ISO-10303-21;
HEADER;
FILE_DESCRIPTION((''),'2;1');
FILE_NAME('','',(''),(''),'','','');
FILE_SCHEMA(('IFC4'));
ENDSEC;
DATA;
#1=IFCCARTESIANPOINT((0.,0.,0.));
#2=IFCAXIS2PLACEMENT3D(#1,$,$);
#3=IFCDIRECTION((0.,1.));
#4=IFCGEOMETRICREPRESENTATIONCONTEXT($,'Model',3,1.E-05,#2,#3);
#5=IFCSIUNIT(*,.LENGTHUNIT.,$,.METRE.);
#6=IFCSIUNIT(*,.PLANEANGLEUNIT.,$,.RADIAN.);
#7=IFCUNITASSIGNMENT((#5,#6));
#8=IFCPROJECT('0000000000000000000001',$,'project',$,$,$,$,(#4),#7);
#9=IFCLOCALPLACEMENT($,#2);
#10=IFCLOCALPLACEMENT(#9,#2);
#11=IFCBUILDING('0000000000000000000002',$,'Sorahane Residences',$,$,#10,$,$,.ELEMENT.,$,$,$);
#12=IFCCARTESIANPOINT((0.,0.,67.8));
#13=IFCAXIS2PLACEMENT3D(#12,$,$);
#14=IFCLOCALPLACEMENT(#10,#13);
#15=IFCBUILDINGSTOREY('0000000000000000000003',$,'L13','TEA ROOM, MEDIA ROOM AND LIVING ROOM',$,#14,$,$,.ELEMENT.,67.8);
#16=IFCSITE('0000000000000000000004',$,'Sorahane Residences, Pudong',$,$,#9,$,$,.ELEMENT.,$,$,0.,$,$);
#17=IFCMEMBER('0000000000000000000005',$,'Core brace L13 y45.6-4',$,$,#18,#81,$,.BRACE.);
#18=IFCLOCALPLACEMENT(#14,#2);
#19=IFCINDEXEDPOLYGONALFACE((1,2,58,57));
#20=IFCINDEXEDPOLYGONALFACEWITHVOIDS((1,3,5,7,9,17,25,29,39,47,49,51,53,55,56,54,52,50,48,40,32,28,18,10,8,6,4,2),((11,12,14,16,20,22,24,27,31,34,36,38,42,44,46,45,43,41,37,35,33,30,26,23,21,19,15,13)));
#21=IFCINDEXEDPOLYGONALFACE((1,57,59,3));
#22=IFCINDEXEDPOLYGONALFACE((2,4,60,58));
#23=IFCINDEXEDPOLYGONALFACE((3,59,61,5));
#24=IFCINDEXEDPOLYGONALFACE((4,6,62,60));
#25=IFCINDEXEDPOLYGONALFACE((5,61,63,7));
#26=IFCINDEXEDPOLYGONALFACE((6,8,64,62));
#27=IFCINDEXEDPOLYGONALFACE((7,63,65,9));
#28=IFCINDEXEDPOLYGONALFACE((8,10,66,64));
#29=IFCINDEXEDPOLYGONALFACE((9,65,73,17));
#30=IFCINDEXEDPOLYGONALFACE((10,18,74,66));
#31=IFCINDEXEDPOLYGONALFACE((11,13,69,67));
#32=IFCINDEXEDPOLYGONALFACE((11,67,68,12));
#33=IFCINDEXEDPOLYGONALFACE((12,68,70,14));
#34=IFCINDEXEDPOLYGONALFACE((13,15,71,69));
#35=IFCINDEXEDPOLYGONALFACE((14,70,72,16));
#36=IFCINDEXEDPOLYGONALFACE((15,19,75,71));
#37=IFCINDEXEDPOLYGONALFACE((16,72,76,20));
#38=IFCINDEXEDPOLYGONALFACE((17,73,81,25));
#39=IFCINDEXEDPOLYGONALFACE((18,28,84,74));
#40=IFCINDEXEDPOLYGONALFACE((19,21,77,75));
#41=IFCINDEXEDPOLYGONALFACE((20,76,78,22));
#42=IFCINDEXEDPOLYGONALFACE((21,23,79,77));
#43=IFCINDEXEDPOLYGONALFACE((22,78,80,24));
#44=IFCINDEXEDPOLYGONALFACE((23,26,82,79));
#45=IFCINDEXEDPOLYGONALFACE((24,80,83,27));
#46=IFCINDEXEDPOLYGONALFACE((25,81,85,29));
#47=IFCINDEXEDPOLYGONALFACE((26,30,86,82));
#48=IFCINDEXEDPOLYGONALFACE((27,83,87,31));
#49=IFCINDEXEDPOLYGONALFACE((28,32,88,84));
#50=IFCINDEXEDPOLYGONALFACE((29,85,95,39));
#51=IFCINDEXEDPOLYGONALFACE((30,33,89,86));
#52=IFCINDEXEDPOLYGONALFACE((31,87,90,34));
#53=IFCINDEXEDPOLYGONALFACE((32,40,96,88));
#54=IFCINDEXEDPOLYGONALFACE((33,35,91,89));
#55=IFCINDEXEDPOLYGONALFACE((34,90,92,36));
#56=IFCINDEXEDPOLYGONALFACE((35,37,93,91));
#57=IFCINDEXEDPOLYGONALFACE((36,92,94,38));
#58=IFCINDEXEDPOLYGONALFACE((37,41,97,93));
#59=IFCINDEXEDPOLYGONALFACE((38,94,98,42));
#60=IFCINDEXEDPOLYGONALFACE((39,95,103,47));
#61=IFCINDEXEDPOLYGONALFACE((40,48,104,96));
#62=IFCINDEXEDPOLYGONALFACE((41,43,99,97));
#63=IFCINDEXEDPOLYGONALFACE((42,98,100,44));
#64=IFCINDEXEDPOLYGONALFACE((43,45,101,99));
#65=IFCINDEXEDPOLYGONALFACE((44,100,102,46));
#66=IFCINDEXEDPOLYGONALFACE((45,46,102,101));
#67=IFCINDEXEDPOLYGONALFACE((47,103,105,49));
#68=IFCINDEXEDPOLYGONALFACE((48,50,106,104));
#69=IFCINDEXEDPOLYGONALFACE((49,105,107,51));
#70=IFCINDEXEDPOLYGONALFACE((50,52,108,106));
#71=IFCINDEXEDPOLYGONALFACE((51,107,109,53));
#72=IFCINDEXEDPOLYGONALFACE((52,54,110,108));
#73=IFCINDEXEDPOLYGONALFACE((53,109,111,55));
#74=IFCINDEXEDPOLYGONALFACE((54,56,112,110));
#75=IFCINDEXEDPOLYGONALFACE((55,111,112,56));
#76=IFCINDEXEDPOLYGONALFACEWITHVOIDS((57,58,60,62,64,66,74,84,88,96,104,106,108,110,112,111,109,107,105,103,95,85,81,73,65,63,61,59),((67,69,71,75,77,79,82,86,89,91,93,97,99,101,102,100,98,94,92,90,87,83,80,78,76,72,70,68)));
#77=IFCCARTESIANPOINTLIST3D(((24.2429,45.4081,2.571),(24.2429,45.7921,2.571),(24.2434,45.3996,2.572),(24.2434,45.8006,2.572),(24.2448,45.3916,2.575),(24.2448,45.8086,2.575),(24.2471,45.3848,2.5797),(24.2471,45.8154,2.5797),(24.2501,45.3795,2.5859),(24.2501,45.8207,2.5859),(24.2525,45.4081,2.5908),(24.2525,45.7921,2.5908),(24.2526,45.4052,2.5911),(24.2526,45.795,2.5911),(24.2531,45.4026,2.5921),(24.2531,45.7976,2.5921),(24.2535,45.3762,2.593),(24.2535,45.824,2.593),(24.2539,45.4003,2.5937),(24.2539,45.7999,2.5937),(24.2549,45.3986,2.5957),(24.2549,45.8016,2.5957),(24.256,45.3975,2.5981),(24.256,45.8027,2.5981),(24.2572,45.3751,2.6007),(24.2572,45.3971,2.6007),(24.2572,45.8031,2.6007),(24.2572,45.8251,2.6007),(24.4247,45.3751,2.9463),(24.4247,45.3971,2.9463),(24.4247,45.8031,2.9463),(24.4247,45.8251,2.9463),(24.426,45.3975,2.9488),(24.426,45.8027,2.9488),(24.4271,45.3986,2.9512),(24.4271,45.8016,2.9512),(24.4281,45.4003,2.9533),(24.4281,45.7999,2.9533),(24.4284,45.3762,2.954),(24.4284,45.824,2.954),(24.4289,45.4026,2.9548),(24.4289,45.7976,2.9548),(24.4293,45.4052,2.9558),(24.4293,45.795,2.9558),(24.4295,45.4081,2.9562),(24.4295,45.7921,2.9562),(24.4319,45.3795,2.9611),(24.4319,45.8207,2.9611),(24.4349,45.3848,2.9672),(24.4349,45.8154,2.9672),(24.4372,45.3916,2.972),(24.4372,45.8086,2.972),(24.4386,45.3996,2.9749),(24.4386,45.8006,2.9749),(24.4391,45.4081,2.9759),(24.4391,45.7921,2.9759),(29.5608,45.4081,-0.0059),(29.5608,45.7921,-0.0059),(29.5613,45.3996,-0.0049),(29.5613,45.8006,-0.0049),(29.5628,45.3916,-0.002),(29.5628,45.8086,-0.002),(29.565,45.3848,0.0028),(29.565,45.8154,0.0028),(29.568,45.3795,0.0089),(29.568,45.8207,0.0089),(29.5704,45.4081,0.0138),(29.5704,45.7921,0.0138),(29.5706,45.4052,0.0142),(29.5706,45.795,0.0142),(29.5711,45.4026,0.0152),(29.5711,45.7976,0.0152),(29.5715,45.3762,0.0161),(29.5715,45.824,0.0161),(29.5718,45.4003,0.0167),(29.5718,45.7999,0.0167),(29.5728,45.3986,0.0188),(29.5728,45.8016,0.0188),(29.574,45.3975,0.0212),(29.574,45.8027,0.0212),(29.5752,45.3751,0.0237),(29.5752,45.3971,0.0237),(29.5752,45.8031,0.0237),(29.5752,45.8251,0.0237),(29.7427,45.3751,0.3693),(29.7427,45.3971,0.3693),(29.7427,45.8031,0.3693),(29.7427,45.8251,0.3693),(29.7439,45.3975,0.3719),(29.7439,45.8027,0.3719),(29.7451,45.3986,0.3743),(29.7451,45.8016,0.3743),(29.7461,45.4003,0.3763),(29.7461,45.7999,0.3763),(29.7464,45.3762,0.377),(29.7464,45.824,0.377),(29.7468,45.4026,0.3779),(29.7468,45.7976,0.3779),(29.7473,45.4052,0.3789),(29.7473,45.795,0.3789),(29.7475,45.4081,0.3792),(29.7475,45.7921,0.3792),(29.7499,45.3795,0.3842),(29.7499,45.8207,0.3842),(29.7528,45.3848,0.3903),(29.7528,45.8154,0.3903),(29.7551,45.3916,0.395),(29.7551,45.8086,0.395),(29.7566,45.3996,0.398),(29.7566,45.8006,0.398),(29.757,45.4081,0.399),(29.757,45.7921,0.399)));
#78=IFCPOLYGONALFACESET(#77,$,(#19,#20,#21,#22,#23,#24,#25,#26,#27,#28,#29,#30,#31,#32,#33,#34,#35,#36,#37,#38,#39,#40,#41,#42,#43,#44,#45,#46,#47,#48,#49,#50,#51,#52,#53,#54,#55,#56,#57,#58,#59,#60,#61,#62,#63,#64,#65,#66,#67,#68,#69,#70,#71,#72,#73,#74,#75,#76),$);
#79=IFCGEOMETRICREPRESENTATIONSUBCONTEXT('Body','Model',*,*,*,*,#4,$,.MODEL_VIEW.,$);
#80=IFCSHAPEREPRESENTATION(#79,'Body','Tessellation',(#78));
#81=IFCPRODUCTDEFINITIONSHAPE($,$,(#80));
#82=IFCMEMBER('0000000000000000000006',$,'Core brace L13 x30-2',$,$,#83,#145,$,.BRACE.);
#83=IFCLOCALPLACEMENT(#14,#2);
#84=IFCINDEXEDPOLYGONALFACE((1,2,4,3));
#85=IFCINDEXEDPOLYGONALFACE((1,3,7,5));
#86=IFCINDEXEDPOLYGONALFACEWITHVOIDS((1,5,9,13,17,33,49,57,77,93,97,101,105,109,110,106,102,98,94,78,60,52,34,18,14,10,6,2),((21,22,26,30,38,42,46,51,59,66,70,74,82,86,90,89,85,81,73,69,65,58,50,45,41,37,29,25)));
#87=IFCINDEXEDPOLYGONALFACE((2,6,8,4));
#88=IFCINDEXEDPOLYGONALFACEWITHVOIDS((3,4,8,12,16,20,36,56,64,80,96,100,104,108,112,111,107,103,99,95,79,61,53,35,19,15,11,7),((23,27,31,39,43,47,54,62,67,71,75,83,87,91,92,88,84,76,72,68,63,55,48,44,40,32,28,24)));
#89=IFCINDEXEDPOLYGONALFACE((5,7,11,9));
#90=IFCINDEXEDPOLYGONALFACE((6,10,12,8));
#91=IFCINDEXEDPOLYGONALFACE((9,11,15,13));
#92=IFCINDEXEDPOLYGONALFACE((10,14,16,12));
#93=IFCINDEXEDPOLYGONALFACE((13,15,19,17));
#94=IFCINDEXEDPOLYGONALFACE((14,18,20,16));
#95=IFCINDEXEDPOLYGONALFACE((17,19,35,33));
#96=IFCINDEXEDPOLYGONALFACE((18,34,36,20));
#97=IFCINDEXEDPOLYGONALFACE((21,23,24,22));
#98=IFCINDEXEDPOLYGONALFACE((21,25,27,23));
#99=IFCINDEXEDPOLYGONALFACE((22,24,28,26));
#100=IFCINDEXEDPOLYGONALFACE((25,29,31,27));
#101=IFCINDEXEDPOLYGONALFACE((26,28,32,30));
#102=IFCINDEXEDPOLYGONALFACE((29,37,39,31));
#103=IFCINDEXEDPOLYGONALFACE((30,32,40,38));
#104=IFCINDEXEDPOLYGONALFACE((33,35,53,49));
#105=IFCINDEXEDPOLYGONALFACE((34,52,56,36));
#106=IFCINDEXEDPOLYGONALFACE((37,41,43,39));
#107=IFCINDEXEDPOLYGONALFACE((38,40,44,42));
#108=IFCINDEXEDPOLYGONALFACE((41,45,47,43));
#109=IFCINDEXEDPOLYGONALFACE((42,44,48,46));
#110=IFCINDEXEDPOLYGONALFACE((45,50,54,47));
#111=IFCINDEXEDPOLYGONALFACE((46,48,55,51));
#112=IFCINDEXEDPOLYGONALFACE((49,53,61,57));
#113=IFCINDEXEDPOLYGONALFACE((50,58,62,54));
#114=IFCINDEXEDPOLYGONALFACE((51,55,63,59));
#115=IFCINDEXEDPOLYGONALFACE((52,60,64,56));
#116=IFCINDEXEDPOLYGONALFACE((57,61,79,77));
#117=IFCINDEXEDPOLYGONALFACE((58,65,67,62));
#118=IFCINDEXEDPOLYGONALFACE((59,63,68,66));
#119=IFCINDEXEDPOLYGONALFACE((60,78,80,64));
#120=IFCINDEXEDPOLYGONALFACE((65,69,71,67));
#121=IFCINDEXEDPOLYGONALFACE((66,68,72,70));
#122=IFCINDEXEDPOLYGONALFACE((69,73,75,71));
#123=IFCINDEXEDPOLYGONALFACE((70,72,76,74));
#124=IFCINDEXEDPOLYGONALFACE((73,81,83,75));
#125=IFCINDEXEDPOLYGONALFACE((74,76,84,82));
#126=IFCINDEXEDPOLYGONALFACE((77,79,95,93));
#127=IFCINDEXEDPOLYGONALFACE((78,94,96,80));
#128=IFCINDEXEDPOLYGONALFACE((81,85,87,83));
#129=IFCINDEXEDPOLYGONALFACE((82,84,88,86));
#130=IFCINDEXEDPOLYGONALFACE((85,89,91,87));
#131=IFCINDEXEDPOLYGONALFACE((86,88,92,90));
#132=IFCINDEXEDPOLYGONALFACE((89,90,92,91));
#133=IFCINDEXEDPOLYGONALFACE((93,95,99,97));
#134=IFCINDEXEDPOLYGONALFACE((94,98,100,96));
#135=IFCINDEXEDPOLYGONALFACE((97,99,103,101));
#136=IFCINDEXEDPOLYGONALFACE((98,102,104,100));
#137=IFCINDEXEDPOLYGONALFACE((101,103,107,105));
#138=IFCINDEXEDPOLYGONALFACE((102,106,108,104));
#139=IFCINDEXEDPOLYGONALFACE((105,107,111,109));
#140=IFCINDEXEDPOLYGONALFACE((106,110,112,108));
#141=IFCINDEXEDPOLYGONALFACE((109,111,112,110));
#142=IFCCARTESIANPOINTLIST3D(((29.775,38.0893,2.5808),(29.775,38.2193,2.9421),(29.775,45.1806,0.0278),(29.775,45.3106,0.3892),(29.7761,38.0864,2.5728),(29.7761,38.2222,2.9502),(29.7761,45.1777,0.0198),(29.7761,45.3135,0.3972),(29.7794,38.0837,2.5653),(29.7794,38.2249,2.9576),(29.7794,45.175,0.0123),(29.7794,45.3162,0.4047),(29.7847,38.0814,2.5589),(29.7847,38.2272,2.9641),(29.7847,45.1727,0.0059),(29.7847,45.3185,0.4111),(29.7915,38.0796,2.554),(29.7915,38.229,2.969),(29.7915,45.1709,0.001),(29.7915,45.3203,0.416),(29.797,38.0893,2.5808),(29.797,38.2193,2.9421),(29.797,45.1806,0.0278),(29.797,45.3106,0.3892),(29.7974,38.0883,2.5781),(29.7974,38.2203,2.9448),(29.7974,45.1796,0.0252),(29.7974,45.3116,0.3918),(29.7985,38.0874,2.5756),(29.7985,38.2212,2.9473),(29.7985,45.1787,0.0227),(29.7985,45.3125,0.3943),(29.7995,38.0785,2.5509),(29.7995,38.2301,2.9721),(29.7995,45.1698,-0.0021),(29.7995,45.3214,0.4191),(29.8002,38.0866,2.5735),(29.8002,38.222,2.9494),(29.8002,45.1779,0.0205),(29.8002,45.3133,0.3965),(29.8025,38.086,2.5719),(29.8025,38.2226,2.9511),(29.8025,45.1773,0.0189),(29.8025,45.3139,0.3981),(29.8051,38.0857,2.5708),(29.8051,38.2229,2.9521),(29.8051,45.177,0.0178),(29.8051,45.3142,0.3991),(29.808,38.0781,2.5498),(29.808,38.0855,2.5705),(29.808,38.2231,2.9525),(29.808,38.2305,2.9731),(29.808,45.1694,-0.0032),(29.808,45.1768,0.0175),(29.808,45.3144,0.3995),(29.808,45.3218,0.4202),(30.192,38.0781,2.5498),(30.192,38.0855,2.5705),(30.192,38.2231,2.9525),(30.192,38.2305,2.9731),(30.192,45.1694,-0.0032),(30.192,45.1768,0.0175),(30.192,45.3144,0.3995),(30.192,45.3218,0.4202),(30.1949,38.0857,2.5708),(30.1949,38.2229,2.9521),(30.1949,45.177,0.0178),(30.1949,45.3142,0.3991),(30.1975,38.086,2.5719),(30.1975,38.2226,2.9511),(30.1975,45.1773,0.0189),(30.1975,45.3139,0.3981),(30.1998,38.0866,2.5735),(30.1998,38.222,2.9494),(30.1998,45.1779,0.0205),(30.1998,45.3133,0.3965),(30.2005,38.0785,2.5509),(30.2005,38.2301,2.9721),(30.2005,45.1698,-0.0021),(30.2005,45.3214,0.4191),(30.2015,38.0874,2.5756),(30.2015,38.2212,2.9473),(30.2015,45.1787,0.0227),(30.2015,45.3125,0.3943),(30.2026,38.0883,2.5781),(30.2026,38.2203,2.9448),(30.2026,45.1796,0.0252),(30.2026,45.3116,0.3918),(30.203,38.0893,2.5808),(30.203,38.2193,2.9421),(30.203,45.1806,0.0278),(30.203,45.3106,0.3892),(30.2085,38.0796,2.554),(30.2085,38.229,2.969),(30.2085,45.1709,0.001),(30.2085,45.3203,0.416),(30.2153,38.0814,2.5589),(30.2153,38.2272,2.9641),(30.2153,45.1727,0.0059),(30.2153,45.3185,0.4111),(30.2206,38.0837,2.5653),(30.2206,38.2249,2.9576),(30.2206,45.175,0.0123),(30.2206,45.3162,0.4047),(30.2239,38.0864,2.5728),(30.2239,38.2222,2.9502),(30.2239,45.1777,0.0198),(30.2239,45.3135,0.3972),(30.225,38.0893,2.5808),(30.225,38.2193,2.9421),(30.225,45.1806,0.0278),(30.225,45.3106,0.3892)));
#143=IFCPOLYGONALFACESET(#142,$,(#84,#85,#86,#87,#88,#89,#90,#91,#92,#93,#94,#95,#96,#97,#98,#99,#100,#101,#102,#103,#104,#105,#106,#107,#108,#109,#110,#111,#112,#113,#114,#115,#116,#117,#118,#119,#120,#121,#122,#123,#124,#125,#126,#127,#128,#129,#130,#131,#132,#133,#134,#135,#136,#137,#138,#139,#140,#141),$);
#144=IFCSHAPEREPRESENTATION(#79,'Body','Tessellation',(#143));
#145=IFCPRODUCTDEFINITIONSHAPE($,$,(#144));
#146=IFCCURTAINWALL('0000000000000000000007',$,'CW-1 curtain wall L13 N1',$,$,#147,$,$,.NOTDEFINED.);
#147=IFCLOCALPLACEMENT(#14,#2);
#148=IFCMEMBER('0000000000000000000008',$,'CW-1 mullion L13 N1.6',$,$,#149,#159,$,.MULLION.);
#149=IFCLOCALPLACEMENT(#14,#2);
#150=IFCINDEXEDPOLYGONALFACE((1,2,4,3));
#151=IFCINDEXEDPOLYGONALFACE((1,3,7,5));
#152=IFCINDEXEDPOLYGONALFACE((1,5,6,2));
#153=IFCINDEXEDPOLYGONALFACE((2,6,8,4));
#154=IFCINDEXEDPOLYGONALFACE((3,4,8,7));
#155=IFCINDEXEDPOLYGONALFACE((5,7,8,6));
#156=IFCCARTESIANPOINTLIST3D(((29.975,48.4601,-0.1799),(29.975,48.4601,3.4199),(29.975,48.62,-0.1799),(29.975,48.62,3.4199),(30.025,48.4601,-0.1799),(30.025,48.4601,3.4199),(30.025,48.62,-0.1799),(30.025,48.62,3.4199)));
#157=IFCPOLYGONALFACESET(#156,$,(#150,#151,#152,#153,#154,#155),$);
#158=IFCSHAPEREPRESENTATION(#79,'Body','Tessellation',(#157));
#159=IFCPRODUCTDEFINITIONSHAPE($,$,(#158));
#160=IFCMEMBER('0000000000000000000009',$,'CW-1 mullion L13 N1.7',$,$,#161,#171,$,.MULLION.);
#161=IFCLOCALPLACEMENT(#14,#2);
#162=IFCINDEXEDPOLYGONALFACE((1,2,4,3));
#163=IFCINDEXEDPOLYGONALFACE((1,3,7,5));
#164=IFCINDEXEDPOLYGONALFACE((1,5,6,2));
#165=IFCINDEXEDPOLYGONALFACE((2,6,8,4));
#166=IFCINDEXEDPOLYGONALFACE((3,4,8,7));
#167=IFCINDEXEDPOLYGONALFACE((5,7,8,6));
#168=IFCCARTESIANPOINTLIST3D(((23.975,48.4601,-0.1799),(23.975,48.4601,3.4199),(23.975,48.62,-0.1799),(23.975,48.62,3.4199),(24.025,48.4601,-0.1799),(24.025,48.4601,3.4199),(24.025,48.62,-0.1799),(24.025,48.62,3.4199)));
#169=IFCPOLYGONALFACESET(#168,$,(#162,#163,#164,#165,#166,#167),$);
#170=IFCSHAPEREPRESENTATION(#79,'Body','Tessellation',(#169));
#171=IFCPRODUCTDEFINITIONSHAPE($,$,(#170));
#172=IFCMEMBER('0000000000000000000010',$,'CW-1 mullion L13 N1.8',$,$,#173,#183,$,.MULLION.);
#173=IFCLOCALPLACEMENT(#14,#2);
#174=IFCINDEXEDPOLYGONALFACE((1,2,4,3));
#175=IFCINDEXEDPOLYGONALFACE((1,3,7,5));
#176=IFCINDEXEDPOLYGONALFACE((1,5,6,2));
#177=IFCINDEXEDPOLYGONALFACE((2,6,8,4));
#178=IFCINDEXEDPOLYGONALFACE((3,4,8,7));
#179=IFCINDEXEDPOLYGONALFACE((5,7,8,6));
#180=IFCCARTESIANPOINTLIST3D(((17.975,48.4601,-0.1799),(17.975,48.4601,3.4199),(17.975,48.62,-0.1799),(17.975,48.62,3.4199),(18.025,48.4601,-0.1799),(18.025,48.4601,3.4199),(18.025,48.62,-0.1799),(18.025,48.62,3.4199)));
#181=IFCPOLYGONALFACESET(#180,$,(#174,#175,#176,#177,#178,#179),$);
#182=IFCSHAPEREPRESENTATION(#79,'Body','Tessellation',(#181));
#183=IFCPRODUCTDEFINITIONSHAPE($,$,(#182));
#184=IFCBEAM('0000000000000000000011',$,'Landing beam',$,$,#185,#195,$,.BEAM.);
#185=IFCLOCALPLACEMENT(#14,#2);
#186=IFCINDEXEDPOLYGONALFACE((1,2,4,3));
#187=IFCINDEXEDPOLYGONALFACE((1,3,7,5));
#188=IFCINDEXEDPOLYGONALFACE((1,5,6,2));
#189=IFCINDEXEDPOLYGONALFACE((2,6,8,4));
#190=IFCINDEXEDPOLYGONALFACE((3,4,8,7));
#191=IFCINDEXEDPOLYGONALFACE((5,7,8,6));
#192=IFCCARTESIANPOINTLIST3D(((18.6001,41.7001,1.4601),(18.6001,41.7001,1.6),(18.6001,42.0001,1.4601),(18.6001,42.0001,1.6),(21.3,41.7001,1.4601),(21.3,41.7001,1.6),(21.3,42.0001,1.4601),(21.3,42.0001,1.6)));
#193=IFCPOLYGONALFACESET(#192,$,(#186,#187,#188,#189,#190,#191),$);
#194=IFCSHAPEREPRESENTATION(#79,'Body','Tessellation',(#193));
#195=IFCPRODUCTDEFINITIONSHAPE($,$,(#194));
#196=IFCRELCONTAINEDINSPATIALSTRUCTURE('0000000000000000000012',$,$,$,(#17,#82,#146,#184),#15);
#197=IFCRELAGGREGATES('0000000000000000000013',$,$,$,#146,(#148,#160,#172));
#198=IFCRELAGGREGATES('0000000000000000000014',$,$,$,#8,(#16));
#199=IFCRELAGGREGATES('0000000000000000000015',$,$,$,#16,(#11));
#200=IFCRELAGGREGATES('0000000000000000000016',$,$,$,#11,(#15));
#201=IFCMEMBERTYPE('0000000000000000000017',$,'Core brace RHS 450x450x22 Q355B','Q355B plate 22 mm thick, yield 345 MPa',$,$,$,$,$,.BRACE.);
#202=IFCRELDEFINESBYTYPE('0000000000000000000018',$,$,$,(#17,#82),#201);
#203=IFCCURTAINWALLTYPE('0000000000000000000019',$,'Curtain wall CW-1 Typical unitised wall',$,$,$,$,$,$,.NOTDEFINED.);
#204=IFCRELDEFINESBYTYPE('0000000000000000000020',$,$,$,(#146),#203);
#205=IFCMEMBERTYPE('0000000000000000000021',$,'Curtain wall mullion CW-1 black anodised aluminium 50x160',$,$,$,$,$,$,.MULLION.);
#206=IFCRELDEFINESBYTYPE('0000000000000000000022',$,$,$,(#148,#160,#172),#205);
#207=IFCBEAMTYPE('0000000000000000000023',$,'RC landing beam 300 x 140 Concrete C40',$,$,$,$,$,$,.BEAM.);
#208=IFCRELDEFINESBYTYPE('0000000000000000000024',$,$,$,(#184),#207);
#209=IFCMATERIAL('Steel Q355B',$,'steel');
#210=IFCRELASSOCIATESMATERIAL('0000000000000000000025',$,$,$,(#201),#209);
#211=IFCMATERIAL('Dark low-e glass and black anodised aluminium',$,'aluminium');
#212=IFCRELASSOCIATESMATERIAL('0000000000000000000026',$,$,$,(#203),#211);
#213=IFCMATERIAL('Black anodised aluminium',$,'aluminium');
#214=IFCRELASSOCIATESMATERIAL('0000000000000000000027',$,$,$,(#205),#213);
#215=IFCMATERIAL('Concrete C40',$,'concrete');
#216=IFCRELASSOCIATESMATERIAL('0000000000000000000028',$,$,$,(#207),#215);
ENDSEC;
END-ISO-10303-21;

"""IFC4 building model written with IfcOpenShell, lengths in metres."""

from ifc_helpers import new_model, si_unit, direction, frame, origin, origin_2d, place, context, subcontext, project, spatial, rectangle, hollow_rectangle, extrude, material, material_profile, profile_set, type_object, element, aggregate, save


model = new_model("IFC4")

# Units and contexts
model_context = context("Model", 3, precision=1e-05, world=origin(), true_north=direction((0.0, 1.0)))
body_context = subcontext(model_context, "Body", "Model", "MODEL_VIEW")
ifc_project = project(units=[si_unit("LENGTHUNIT", "METRE"), si_unit("PLANEANGLEUNIT", "RADIAN")], contexts=[model_context])

# Site, building, storey
site_placement = place(None, origin())
site = spatial("IfcSite", under=ifc_project, at=site_placement, Name="Sorahane Residences, Pudong", CompositionType="ELEMENT", RefElevation=0.0)
building_placement = place(site_placement, origin())
building = spatial("IfcBuilding", under=site, at=building_placement, Name="Sorahane Residences", CompositionType="ELEMENT")
storey_placement = place(building_placement, frame((0.0, 0.0, 67.8)))
storey = spatial("IfcBuildingStorey", under=building, at=storey_placement, Name="L13", Description="TEA ROOM, MEDIA ROOM AND LIVING ROOM", CompositionType="ELEMENT", Elevation=67.8)

# Members
ifc_material_1 = material(Name="Steel Q355B", Category="steel")
ifc_material_profile_1 = material_profile(ifc_material_1, hollow_rectangle(XDim=0.45, YDim=0.45, WallThickness=0.022, InnerFilletRadius=0.011, OuterFilletRadius=0.033, at=origin_2d()), Name="RHS 450x450x22")
ifc_profile_set_1 = profile_set([ifc_material_profile_1], Name="Steel Q355B")
member_type_1 = type_object("IfcMemberType", Name="Core brace RHS 450x450x22 Q355B", Description="Q355B plate 22 mm thick, yield 345 MPa", PredefinedType="BRACE", material=ifc_profile_set_1)
for number, where, z_axis, x_axis, name in (
    (1, (29.6589, 45.6001, 0.1965), (-0.899911, 0.0, 0.436074), (0.0, -1.0, 0.0), "Core brace L13 y45.6-4"),
):
    element("IfcMember", number, at=place(storey_placement, frame(where, z_axis=z_axis, x_axis=x_axis)), inside=storey, type_object=member_type_1, Name=name, PredefinedType="BRACE", context=body_context, shape_type="SweptSolid", body=[
        extrude(hollow_rectangle(XDim=0.45, YDim=0.45, WallThickness=0.022, InnerFilletRadius=0.011, OuterFilletRadius=0.033, at=origin_2d()), origin(), (0.0, 0.0, 1.0), 5.9094),
    ])
member_1_placement = place(storey_placement, frame((30.0, 45.2456, 0.2085), z_axis=(0.0, -0.940883, 0.338732), x_axis=(1.0, 0.0, 0.0)))
element("IfcMember", 2, at=member_1_placement, inside=storey, type_object=member_type_1, Name="Core brace L13 x30-2", PredefinedType="BRACE", context=body_context, shape_type="SweptSolid", body=[
    extrude(hollow_rectangle(XDim=0.45, YDim=0.45, WallThickness=0.022, InnerFilletRadius=0.011, OuterFilletRadius=0.033, at=origin_2d()), origin(), (0.0, 0.0, 1.0), 7.5369),
])

# Curtain wall, members
ifc_material_2 = material(Name="Dark low-e glass and black anodised aluminium", Category="aluminium")
curtain_wall_type = type_object("IfcCurtainWallType", Name="Curtain wall CW-1 Typical unitised wall", PredefinedType="NOTDEFINED", material=ifc_material_2)
curtain_wall_placement = place(storey_placement, origin())
curtain_wall = element("IfcCurtainWall", 3, at=curtain_wall_placement, inside=storey, type_object=curtain_wall_type, Name="CW-1 curtain wall L13 N1", PredefinedType="NOTDEFINED")
ifc_material_3 = material(Name="Black anodised aluminium", Category="aluminium")
ifc_material_profile_2 = material_profile(ifc_material_3, rectangle(XDim=0.1599, YDim=0.05, at=origin_2d()), Name="Curtain wall mullion CW-1 black anodised aluminium 50x160")
ifc_profile_set_2 = profile_set([ifc_material_profile_2], Name="Black anodised aluminium")
member_type_2 = type_object("IfcMemberType", Name="Curtain wall mullion CW-1 black anodised aluminium 50x160", PredefinedType="MULLION", material=ifc_profile_set_2)
member_2_placement = place(storey_placement, frame((30.0, 48.54, -0.1799), z_axis=(0.0, 0.0, 1.0), x_axis=(0.0, 1.0, 0.0)))
member_2 = element("IfcMember", 4, at=member_2_placement, type_object=member_type_2, Name="CW-1 mullion L13 N1.6", PredefinedType="MULLION", context=body_context, shape_type="SweptSolid", body=[
    extrude(rectangle(XDim=0.1599, YDim=0.05, at=origin_2d()), origin(), (0.0, 0.0, 1.0), 3.5999),
])
member_3_placement = place(storey_placement, frame((24.0, 48.54, -0.1799), z_axis=(0.0, 0.0, 1.0), x_axis=(0.0, 1.0, 0.0)))
member_3 = element("IfcMember", 5, at=member_3_placement, type_object=member_type_2, Name="CW-1 mullion L13 N1.7", PredefinedType="MULLION", context=body_context, shape_type="SweptSolid", body=[
    extrude(rectangle(XDim=0.1599, YDim=0.05, at=origin_2d()), origin(), (0.0, 0.0, 1.0), 3.5999),
])
member_4_placement = place(storey_placement, frame((18.0, 48.54, -0.1799), z_axis=(0.0, 0.0, 1.0), x_axis=(0.0, 1.0, 0.0)))
member_4 = element("IfcMember", 6, at=member_4_placement, type_object=member_type_2, Name="CW-1 mullion L13 N1.8", PredefinedType="MULLION", context=body_context, shape_type="SweptSolid", body=[
    extrude(rectangle(XDim=0.1599, YDim=0.05, at=origin_2d()), origin(), (0.0, 0.0, 1.0), 3.5999),
])

# Beam
ifc_material_4 = material(Name="Concrete C40", Category="concrete")
ifc_material_profile_3 = material_profile(ifc_material_4, rectangle(XDim=0.3, YDim=0.1399, at=origin_2d()), Name="300x140")
ifc_profile_set_3 = profile_set([ifc_material_profile_3], Name="Concrete C40")
beam_type_1 = type_object("IfcBeamType", Name="RC landing beam 300 x 140 Concrete C40", PredefinedType="BEAM", material=ifc_profile_set_3)
for number, where, z_axis, x_axis, name in (
    (7, (18.6001, 41.8501, 1.53), (1.0, 0.0, 0.0), (0.0, 1.0, 0.0), "Landing beam"),
):
    element("IfcBeam", number, at=place(storey_placement, frame(where, z_axis=z_axis, x_axis=x_axis)), inside=storey, type_object=beam_type_1, Name=name, PredefinedType="BEAM", context=body_context, shape_type="SweptSolid", body=[
        extrude(rectangle(XDim=0.3, YDim=0.1399, at=origin_2d()), origin(), (0.0, 0.0, 1.0), 2.7),
    ])

aggregate(curtain_wall, [member_2, member_3, member_4])

save(model, "model.ifc")
